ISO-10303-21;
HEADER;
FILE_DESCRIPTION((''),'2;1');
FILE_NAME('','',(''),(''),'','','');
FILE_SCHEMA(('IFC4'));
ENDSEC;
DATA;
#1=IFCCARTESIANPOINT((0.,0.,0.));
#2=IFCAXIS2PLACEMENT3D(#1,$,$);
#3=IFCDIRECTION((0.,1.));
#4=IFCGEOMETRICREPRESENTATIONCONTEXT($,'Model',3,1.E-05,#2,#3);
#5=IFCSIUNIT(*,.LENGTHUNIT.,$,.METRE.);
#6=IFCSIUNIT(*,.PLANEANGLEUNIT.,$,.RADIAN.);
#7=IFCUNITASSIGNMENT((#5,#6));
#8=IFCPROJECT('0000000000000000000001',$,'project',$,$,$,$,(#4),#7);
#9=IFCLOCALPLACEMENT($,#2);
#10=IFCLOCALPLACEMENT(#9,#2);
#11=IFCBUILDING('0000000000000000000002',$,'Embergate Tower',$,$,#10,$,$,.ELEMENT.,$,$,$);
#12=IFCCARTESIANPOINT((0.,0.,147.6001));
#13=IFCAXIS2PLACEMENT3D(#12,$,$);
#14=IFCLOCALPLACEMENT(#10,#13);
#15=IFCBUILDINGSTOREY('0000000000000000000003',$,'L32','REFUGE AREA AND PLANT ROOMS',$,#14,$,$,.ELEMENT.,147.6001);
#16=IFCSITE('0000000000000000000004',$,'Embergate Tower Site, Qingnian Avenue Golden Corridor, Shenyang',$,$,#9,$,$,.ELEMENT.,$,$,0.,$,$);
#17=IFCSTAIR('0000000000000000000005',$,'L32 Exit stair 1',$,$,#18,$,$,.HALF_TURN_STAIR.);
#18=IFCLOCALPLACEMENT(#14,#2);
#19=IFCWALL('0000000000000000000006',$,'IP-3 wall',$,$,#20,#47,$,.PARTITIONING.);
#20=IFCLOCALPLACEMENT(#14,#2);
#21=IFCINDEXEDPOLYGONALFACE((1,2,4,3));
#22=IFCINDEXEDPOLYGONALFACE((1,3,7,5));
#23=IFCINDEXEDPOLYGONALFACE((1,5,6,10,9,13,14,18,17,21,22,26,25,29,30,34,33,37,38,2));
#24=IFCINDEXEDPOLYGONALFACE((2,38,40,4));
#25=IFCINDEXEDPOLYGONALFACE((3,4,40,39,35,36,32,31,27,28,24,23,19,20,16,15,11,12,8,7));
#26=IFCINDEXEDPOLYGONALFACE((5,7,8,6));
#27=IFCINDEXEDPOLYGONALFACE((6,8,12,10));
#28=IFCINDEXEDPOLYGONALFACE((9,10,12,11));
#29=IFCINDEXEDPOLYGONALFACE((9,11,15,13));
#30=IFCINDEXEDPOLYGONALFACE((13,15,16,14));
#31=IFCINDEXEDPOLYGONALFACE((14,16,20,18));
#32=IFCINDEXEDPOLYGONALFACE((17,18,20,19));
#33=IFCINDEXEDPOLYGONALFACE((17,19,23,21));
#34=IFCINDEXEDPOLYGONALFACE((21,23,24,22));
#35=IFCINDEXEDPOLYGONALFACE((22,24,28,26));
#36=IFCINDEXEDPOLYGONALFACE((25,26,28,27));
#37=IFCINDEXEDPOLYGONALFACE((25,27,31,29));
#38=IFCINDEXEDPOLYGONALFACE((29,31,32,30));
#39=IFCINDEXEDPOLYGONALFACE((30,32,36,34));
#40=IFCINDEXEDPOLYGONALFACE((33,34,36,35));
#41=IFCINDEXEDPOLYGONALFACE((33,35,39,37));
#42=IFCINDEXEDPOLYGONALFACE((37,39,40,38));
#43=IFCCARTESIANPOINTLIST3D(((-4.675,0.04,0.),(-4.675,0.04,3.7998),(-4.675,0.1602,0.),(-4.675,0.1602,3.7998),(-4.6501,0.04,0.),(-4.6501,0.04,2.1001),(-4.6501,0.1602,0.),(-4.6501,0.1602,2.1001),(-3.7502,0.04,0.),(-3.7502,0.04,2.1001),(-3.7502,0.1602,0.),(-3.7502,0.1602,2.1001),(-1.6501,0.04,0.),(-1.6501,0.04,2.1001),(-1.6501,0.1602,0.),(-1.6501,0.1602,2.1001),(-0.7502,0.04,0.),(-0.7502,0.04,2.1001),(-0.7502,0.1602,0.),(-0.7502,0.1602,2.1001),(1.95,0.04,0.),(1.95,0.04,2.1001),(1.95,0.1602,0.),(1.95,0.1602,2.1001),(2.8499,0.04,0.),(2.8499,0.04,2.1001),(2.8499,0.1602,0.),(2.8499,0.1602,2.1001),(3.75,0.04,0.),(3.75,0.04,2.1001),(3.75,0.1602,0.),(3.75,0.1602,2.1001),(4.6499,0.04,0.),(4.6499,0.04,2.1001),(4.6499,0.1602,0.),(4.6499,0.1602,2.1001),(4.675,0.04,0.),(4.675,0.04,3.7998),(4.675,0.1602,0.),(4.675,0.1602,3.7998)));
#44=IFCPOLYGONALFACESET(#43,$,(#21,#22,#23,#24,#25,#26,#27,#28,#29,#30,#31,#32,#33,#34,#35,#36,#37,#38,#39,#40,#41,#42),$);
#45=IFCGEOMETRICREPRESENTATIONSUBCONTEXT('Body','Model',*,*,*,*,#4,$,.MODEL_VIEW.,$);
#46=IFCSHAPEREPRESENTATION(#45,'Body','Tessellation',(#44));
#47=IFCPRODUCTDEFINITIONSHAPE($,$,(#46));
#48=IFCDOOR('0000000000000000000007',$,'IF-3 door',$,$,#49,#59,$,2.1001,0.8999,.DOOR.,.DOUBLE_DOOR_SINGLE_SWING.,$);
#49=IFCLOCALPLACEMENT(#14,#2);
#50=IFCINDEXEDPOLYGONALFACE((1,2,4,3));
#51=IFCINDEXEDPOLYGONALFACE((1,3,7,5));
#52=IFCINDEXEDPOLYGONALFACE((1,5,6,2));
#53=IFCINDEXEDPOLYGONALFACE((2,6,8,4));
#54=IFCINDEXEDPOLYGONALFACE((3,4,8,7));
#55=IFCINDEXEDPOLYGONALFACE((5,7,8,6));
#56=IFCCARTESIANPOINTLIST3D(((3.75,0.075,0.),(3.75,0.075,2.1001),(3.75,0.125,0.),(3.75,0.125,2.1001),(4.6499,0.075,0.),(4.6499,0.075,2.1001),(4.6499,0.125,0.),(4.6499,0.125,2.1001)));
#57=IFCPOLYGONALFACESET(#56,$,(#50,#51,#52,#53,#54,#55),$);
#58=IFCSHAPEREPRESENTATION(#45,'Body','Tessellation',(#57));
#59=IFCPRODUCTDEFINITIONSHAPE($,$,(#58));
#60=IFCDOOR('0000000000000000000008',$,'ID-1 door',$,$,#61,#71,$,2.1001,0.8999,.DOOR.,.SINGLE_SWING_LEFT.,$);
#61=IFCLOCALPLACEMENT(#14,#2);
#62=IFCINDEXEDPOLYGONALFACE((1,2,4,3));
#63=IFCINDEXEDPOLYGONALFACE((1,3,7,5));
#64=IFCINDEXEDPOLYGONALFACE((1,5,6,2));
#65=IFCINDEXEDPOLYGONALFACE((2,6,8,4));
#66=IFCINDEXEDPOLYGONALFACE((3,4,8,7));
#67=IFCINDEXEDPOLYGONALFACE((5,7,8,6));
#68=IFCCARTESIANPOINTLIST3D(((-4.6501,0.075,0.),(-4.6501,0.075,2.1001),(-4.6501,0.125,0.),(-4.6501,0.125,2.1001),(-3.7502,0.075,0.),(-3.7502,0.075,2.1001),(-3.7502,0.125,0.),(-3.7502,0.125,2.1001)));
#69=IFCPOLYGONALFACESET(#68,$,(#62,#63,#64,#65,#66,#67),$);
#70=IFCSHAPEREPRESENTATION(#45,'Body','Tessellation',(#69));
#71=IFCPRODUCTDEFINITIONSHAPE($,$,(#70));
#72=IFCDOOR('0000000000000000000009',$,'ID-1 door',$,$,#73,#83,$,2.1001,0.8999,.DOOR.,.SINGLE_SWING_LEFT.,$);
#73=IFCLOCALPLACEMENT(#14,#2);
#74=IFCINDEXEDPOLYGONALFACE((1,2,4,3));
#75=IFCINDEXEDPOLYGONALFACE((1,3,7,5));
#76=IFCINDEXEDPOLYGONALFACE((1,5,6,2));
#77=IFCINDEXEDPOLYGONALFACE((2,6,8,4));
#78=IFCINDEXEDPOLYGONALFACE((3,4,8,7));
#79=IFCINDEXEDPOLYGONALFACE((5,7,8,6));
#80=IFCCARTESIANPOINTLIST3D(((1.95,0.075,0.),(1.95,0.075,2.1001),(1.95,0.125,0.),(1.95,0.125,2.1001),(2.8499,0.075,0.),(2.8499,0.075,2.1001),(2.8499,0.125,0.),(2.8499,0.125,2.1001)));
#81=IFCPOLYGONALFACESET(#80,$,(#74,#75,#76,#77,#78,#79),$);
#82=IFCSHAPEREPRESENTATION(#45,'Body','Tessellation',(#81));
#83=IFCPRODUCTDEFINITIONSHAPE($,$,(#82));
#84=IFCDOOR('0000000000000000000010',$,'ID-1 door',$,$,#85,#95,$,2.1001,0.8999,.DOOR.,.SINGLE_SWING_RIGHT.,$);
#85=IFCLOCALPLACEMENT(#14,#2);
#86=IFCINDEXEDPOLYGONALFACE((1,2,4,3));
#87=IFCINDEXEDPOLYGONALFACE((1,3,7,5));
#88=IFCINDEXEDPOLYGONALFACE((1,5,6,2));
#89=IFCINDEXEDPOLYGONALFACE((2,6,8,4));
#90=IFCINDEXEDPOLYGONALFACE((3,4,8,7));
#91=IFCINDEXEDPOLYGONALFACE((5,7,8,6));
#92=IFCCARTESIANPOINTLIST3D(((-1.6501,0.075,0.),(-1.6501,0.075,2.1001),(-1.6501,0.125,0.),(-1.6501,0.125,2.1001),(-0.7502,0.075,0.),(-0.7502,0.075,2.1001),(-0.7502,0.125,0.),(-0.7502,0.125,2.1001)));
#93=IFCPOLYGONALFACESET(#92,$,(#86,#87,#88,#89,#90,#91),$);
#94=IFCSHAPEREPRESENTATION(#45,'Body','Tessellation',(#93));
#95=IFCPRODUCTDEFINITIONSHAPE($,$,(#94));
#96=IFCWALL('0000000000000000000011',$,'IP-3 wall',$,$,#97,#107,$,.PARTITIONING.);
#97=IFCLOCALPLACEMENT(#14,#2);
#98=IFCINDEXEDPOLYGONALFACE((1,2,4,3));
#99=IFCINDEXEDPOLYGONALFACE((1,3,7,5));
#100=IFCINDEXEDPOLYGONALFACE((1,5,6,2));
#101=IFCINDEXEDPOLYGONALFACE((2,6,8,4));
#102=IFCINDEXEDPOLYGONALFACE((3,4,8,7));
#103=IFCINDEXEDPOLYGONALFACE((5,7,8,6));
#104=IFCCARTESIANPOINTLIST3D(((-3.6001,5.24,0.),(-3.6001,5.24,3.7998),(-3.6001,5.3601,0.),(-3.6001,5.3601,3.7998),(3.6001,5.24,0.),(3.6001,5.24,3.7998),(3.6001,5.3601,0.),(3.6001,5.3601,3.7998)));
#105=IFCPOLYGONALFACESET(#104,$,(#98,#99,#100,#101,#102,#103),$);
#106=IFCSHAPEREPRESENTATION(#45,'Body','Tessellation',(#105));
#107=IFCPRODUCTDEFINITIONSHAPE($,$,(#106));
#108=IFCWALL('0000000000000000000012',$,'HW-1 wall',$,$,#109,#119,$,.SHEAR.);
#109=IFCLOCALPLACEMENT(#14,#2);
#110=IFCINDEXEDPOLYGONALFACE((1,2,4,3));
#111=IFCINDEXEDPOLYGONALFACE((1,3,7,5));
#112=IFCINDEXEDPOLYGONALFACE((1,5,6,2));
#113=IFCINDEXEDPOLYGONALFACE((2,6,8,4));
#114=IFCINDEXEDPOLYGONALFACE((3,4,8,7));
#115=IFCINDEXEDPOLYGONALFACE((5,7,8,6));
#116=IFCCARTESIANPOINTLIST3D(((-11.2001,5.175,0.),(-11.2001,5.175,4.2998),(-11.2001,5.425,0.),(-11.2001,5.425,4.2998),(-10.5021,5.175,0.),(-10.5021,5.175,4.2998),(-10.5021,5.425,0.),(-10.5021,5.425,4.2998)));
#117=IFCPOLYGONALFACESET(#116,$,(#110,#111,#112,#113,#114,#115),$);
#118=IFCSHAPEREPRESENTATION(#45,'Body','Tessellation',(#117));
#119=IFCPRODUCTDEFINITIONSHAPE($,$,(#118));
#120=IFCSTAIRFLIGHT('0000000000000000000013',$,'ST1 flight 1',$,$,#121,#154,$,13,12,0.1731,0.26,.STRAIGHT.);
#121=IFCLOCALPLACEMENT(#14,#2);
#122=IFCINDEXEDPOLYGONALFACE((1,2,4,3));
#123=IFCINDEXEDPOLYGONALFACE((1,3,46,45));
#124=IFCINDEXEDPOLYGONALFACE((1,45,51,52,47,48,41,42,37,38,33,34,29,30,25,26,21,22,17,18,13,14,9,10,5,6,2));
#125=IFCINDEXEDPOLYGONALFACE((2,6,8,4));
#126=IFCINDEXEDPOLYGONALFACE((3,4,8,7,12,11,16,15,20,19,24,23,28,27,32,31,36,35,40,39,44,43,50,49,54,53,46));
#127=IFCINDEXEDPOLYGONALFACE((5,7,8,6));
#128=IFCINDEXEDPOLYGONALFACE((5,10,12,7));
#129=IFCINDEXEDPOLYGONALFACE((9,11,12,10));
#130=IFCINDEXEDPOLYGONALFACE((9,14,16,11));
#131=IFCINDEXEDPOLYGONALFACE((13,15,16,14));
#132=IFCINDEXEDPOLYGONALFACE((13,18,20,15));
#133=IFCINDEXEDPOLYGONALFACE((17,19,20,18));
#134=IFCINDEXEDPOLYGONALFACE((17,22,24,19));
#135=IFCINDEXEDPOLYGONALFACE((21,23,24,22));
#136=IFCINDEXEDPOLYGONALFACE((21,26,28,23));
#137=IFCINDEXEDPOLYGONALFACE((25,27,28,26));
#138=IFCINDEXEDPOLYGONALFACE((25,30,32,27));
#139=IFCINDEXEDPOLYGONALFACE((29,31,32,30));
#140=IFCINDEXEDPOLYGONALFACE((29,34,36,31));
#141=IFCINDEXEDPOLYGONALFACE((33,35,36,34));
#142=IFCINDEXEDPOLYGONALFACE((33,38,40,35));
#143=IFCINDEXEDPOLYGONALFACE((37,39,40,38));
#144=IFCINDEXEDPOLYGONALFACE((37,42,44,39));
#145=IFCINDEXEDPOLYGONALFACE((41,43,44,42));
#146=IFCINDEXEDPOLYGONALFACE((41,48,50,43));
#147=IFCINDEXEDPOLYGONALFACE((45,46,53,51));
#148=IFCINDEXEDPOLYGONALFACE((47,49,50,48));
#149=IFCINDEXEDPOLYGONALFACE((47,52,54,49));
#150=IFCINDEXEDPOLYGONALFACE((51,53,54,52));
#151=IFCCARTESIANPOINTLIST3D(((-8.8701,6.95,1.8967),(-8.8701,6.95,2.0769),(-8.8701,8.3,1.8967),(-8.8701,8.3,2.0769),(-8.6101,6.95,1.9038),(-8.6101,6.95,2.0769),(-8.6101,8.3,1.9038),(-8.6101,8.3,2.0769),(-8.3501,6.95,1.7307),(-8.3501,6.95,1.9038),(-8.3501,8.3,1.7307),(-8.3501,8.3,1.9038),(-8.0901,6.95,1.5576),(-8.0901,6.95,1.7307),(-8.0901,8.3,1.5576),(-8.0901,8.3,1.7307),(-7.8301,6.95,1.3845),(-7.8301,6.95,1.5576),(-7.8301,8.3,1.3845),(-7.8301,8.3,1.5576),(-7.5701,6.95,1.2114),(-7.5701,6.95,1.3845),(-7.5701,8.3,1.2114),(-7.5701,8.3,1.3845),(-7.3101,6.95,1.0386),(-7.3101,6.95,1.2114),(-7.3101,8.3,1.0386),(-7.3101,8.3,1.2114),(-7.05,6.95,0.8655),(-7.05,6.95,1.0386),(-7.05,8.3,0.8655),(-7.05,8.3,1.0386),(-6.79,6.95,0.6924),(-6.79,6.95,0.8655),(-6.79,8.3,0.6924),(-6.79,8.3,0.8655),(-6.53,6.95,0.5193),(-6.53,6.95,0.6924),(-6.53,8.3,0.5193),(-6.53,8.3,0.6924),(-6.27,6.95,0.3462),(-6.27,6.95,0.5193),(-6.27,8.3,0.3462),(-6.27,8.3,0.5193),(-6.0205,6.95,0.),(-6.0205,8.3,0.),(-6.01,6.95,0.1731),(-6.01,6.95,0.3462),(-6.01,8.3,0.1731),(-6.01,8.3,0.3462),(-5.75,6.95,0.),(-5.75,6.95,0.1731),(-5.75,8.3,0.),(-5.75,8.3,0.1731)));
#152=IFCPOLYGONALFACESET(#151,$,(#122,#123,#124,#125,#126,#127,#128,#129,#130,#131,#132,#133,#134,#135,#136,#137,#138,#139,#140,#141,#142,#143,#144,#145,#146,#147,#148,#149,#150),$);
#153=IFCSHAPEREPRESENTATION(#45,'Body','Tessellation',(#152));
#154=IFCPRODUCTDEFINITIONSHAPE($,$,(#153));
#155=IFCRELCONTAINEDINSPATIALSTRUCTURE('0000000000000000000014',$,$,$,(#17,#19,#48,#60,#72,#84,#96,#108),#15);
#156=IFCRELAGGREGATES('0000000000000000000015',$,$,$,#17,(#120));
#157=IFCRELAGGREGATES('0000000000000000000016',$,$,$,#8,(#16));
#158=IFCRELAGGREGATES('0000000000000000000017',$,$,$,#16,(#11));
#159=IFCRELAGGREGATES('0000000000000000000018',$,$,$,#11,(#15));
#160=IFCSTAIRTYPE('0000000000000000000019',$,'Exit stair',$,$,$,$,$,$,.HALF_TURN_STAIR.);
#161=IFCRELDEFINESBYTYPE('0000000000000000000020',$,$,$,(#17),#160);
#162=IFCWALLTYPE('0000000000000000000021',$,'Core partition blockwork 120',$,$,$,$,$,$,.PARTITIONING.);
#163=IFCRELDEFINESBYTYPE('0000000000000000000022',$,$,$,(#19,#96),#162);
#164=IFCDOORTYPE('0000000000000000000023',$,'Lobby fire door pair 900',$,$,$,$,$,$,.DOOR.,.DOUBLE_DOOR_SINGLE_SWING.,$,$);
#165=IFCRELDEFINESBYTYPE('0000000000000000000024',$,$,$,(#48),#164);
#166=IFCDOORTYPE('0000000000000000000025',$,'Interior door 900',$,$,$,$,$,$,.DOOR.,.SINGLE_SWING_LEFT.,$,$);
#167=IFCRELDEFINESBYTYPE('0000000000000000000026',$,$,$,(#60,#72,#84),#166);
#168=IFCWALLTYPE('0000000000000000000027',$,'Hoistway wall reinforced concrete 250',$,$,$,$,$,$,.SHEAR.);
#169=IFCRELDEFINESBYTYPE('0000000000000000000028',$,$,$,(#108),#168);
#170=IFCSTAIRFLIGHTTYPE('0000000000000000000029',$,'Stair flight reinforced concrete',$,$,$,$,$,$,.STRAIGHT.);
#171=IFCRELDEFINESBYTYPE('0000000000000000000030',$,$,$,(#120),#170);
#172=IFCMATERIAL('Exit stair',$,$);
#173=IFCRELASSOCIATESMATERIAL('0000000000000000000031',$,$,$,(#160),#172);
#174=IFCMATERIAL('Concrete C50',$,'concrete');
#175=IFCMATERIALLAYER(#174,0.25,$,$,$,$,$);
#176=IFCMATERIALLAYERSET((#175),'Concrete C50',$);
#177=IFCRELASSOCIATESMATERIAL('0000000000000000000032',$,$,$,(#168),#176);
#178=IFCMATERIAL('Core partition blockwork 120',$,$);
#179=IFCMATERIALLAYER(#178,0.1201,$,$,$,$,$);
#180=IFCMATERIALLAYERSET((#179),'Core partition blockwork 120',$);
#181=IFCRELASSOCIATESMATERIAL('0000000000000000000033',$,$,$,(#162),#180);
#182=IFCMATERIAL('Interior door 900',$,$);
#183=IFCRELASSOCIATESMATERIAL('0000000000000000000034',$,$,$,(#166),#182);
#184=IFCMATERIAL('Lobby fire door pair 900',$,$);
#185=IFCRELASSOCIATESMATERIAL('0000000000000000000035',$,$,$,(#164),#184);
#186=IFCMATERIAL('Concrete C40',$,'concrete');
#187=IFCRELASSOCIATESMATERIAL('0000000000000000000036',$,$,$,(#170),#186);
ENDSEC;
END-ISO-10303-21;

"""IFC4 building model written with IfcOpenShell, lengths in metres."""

from ifc_helpers import new_model, si_unit, direction, frame, frame_2d, origin, place, context, subcontext, project, spatial, polyline, rectangle, outline, extrude, source, transform, mapped, material, layer, layer_set, type_object, element, fill, aggregate, save


model = new_model("IFC4")

# Units and contexts
model_context = context("Model", 3, precision=1e-05, world=origin(), true_north=direction((0.0, 1.0)))
body_context = subcontext(model_context, "Body", "Model", "MODEL_VIEW")
ifc_project = project(units=[si_unit("LENGTHUNIT", "METRE"), si_unit("PLANEANGLEUNIT", "RADIAN")], contexts=[model_context])

# Site, building, storey
site_placement = place(None, origin())
site = spatial("IfcSite", under=ifc_project, at=site_placement, Name="Embergate Tower Site, Qingnian Avenue Golden Corridor, Shenyang", CompositionType="ELEMENT", RefElevation=0.0)
building_placement = place(site_placement, origin())
building = spatial("IfcBuilding", under=site, at=building_placement, Name="Embergate Tower", CompositionType="ELEMENT")
storey_placement = place(building_placement, frame((0.0, 0.0, 147.6001)))
storey = spatial("IfcBuildingStorey", under=building, at=storey_placement, Name="L32", Description="REFUGE AREA AND PLANT ROOMS", CompositionType="ELEMENT", Elevation=147.6001)

# Stair
ifc_material_1 = material(Name="Exit stair")
stair_type = type_object("IfcStairType", Name="Exit stair", PredefinedType="HALF_TURN_STAIR", material=ifc_material_1)
stair_placement = place(storey_placement, origin())
stair = element("IfcStair", 1, at=stair_placement, inside=storey, type_object=stair_type, Name="L32 Exit stair 1", PredefinedType="HALF_TURN_STAIR")
ifc_material_2 = material(Name="Concrete C40", Category="concrete")

# Shared definitions
ifc_material_3 = material(Name="Concrete C50", Category="concrete")
ifc_layer_1 = layer(ifc_material_3, 0.25)
ifc_layer_set_1 = layer_set([ifc_layer_1], Name="Concrete C50")
wall_type_1 = type_object("IfcWallType", Name="Hoistway wall reinforced concrete 250", PredefinedType="SHEAR", material=ifc_layer_set_1)

# Shared definitions
ifc_material_4 = material(Name="Core partition blockwork 120")
ifc_layer_2 = layer(ifc_material_4, 0.1201)
ifc_layer_set_2 = layer_set([ifc_layer_2], Name="Core partition blockwork 120")
wall_type_2 = type_object("IfcWallType", Name="Core partition blockwork 120", PredefinedType="PARTITIONING", material=ifc_layer_set_2)

# Shared definitions
shared_shape_1 = source(origin(), body_context, "Body", "SweptSolid", [
    extrude(rectangle(XDim=0.8999, YDim=2.1001, at=frame_2d((0.45, 1.05))), frame((0.0, 0.0701, 0.0), z_axis=(0.0, -1.0, 0.0), x_axis=(1.0, 0.0, 0.0)), (0.0, 0.0, 1.0), 0.1401),
])
ifc_material_5 = material(Name="Interior door 900")
door_type_1 = type_object("IfcDoorType", Name="Interior door 900", OperationType="SINGLE_SWING_LEFT", PredefinedType="DOOR", material=ifc_material_5)
shared_shape_2 = source(origin(), body_context, "Body", "SweptSolid", [
    extrude(rectangle(XDim=0.8999, YDim=2.1001, at=frame_2d((0.45, 1.05))), frame((0.0, 0.0249, 0.0), z_axis=(0.0, -1.0, 0.0), x_axis=(1.0, 0.0, 0.0)), (0.0, 0.0, 1.0), 0.05),
])

# Wall, openings, doors
shared_shape_3 = source(origin(), body_context, "Body", "SweptSolid", [
    extrude(rectangle(XDim=9.3501, YDim=0.1201, at=frame_2d((4.675, 0.0))), origin(), (0.0, 0.0, 1.0), 3.7998),
])
wall_1_placement = place(storey_placement, frame((-4.675, 0.1001, 0.0), z_axis=(0.0, 0.0, 1.0), x_axis=(1.0, 0.0, 0.0)))
wall_1 = element("IfcWall", 2, at=wall_1_placement, inside=storey, type_object=wall_type_2, Name="IP-3 wall", PredefinedType="PARTITIONING", context=body_context, shape_type="MappedRepresentation", body=[
    mapped(shared_shape_3, transform((0.0, 0.0, 0.0))),
])
opening_1_placement = place(wall_1_placement, frame((8.425, 0.0, 0.0)))
opening_1 = element("IfcOpeningElement", 3, at=opening_1_placement, cuts=wall_1, PredefinedType="OPENING", context=body_context, shape_type="MappedRepresentation", body=[
    mapped(shared_shape_1, transform((0.0, 0.0, 0.0))),
])
opening_2_placement = place(wall_1_placement, frame((0.0249, 0.0, 0.0)))
opening_2 = element("IfcOpeningElement", 4, at=opening_2_placement, cuts=wall_1, PredefinedType="OPENING", context=body_context, shape_type="MappedRepresentation", body=[
    mapped(shared_shape_1, transform((0.0, 0.0, 0.0))),
])
opening_3_placement = place(wall_1_placement, frame((6.625, 0.0, 0.0)))
opening_3 = element("IfcOpeningElement", 5, at=opening_3_placement, cuts=wall_1, PredefinedType="OPENING", context=body_context, shape_type="MappedRepresentation", body=[
    mapped(shared_shape_1, transform((0.0, 0.0, 0.0))),
])
opening_4_placement = place(wall_1_placement, frame((3.0249, 0.0, 0.0)))
opening_4 = element("IfcOpeningElement", 6, at=opening_4_placement, cuts=wall_1, PredefinedType="OPENING", context=body_context, shape_type="MappedRepresentation", body=[
    mapped(shared_shape_1, transform((0.0, 0.0, 0.0))),
])
ifc_material_6 = material(Name="Lobby fire door pair 900")
door_type_2 = type_object("IfcDoorType", Name="Lobby fire door pair 900", OperationType="DOUBLE_DOOR_SINGLE_SWING", PredefinedType="DOOR", material=ifc_material_6)
door_1_placement = place(opening_1_placement, origin())
door_1 = element("IfcDoor", 7, at=door_1_placement, inside=storey, type_object=door_type_2, Name="IF-3 door", OperationType="DOUBLE_DOOR_SINGLE_SWING", OverallHeight=2.1001, OverallWidth=0.8999, PredefinedType="DOOR", context=body_context, shape_type="MappedRepresentation", body=[
    mapped(shared_shape_2, transform((0.0, 0.0, 0.0))),
])
fill(opening_1, door_1)
door_2_placement = place(opening_2_placement, origin())
door_2 = element("IfcDoor", 8, at=door_2_placement, inside=storey, type_object=door_type_1, Name="ID-1 door", OperationType="SINGLE_SWING_LEFT", OverallHeight=2.1001, OverallWidth=0.8999, PredefinedType="DOOR", context=body_context, shape_type="MappedRepresentation", body=[
    mapped(shared_shape_2, transform((0.0, 0.0, 0.0))),
])
fill(opening_2, door_2)
door_3_placement = place(opening_3_placement, origin())
door_3 = element("IfcDoor", 9, at=door_3_placement, inside=storey, type_object=door_type_1, Name="ID-1 door", OperationType="SINGLE_SWING_LEFT", OverallHeight=2.1001, OverallWidth=0.8999, PredefinedType="DOOR", context=body_context, shape_type="MappedRepresentation", body=[
    mapped(shared_shape_2, transform((0.0, 0.0, 0.0))),
])
fill(opening_3, door_3)
door_4_placement = place(opening_4_placement, origin())
door_4 = element("IfcDoor", 10, at=door_4_placement, inside=storey, type_object=door_type_1, Name="ID-1 door", OperationType="SINGLE_SWING_RIGHT", OverallHeight=2.1001, OverallWidth=0.8999, PredefinedType="DOOR", context=body_context, shape_type="MappedRepresentation", body=[
    mapped(shared_shape_2, transform((0.0, 0.0, 0.0))),
])
fill(opening_4, door_4)

# Walls
shared_shape_4 = source(origin(), body_context, "Body", "SweptSolid", [
    extrude(rectangle(XDim=7.2002, YDim=0.1201, at=frame_2d((3.6001, 0.0))), origin(), (0.0, 0.0, 1.0), 3.7998),
])
wall_2_placement = place(storey_placement, frame((-3.6001, 5.3, 0.0), z_axis=(0.0, 0.0, 1.0), x_axis=(1.0, 0.0, 0.0)))
element("IfcWall", 11, at=wall_2_placement, inside=storey, type_object=wall_type_2, Name="IP-3 wall", PredefinedType="PARTITIONING", context=body_context, shape_type="MappedRepresentation", body=[
    mapped(shared_shape_4, transform((0.0, 0.0, 0.0))),
])
shared_shape_5 = source(origin(), body_context, "Body", "SweptSolid", [
    extrude(rectangle(XDim=0.698, YDim=0.25, at=frame_2d((0.3491, 0.0))), origin(), (0.0, 0.0, 1.0), 4.2998),
])
wall_3_placement = place(storey_placement, frame((-10.502, 5.3, 0.0), z_axis=(0.0, 0.0, 1.0), x_axis=(-1.0, 0.0, 0.0)))
element("IfcWall", 12, at=wall_3_placement, inside=storey, type_object=wall_type_1, Name="HW-1 wall", PredefinedType="SHEAR", context=body_context, shape_type="MappedRepresentation", body=[
    mapped(shared_shape_5, transform((0.0, 0.0, 0.0))),
])

# Stair flight
stair_flight_type = type_object("IfcStairFlightType", Name="Stair flight reinforced concrete", PredefinedType="STRAIGHT", material=ifc_material_2)
shared_shape_6 = source(origin(), body_context, "Body", "SweptSolid", [
    extrude(outline(polyline([(0.0, 0.0), (0.0, 0.1731), (0.26, 0.1731), (0.26, 0.3462), (0.52, 0.3462), (0.52, 0.5193), (0.78, 0.5193), (0.78, 0.6924), (1.04, 0.6924), (1.04, 0.8655), (1.3, 0.8655), (1.3, 1.0386), (1.5601, 1.0386), (1.5601, 1.2114), (1.8201, 1.2114), (1.8201, 1.3845), (2.0801, 1.3845), (2.0801, 1.5576), (2.3401, 1.5576), (2.3401, 1.7307), (2.6001, 1.7307), (2.6001, 1.9038), (2.8601, 1.9038), (2.8601, 2.0769), (3.1201, 2.0769), (3.1201, 2.25), (3.1201, 1.8967), (0.2705, 0.0), (0.0, 0.0)])), frame((0.0, 0.675, 0.0), z_axis=(0.0, -1.0, 0.0), x_axis=(1.0, 0.0, 0.0)), (0.0, 0.0, 1.0), 1.3501),
])
stair_flight_1_placement = place(storey_placement, frame((-5.75, 7.625, 0.0), z_axis=(0.0, 0.0, 1.0), x_axis=(-1.0, 0.0, 0.0)))
stair_flight_1 = element("IfcStairFlight", 13, at=stair_flight_1_placement, type_object=stair_flight_type, Name="ST1 flight 1", NumberOfRisers=13, NumberOfTreads=12, PredefinedType="STRAIGHT", RiserHeight=0.1731, TreadLength=0.26, context=body_context, shape_type="MappedRepresentation", body=[
    mapped(shared_shape_6, transform((0.0, 0.0, 0.0))),
])
aggregate(stair, [stair_flight_1])

save(model, "model.ifc")
